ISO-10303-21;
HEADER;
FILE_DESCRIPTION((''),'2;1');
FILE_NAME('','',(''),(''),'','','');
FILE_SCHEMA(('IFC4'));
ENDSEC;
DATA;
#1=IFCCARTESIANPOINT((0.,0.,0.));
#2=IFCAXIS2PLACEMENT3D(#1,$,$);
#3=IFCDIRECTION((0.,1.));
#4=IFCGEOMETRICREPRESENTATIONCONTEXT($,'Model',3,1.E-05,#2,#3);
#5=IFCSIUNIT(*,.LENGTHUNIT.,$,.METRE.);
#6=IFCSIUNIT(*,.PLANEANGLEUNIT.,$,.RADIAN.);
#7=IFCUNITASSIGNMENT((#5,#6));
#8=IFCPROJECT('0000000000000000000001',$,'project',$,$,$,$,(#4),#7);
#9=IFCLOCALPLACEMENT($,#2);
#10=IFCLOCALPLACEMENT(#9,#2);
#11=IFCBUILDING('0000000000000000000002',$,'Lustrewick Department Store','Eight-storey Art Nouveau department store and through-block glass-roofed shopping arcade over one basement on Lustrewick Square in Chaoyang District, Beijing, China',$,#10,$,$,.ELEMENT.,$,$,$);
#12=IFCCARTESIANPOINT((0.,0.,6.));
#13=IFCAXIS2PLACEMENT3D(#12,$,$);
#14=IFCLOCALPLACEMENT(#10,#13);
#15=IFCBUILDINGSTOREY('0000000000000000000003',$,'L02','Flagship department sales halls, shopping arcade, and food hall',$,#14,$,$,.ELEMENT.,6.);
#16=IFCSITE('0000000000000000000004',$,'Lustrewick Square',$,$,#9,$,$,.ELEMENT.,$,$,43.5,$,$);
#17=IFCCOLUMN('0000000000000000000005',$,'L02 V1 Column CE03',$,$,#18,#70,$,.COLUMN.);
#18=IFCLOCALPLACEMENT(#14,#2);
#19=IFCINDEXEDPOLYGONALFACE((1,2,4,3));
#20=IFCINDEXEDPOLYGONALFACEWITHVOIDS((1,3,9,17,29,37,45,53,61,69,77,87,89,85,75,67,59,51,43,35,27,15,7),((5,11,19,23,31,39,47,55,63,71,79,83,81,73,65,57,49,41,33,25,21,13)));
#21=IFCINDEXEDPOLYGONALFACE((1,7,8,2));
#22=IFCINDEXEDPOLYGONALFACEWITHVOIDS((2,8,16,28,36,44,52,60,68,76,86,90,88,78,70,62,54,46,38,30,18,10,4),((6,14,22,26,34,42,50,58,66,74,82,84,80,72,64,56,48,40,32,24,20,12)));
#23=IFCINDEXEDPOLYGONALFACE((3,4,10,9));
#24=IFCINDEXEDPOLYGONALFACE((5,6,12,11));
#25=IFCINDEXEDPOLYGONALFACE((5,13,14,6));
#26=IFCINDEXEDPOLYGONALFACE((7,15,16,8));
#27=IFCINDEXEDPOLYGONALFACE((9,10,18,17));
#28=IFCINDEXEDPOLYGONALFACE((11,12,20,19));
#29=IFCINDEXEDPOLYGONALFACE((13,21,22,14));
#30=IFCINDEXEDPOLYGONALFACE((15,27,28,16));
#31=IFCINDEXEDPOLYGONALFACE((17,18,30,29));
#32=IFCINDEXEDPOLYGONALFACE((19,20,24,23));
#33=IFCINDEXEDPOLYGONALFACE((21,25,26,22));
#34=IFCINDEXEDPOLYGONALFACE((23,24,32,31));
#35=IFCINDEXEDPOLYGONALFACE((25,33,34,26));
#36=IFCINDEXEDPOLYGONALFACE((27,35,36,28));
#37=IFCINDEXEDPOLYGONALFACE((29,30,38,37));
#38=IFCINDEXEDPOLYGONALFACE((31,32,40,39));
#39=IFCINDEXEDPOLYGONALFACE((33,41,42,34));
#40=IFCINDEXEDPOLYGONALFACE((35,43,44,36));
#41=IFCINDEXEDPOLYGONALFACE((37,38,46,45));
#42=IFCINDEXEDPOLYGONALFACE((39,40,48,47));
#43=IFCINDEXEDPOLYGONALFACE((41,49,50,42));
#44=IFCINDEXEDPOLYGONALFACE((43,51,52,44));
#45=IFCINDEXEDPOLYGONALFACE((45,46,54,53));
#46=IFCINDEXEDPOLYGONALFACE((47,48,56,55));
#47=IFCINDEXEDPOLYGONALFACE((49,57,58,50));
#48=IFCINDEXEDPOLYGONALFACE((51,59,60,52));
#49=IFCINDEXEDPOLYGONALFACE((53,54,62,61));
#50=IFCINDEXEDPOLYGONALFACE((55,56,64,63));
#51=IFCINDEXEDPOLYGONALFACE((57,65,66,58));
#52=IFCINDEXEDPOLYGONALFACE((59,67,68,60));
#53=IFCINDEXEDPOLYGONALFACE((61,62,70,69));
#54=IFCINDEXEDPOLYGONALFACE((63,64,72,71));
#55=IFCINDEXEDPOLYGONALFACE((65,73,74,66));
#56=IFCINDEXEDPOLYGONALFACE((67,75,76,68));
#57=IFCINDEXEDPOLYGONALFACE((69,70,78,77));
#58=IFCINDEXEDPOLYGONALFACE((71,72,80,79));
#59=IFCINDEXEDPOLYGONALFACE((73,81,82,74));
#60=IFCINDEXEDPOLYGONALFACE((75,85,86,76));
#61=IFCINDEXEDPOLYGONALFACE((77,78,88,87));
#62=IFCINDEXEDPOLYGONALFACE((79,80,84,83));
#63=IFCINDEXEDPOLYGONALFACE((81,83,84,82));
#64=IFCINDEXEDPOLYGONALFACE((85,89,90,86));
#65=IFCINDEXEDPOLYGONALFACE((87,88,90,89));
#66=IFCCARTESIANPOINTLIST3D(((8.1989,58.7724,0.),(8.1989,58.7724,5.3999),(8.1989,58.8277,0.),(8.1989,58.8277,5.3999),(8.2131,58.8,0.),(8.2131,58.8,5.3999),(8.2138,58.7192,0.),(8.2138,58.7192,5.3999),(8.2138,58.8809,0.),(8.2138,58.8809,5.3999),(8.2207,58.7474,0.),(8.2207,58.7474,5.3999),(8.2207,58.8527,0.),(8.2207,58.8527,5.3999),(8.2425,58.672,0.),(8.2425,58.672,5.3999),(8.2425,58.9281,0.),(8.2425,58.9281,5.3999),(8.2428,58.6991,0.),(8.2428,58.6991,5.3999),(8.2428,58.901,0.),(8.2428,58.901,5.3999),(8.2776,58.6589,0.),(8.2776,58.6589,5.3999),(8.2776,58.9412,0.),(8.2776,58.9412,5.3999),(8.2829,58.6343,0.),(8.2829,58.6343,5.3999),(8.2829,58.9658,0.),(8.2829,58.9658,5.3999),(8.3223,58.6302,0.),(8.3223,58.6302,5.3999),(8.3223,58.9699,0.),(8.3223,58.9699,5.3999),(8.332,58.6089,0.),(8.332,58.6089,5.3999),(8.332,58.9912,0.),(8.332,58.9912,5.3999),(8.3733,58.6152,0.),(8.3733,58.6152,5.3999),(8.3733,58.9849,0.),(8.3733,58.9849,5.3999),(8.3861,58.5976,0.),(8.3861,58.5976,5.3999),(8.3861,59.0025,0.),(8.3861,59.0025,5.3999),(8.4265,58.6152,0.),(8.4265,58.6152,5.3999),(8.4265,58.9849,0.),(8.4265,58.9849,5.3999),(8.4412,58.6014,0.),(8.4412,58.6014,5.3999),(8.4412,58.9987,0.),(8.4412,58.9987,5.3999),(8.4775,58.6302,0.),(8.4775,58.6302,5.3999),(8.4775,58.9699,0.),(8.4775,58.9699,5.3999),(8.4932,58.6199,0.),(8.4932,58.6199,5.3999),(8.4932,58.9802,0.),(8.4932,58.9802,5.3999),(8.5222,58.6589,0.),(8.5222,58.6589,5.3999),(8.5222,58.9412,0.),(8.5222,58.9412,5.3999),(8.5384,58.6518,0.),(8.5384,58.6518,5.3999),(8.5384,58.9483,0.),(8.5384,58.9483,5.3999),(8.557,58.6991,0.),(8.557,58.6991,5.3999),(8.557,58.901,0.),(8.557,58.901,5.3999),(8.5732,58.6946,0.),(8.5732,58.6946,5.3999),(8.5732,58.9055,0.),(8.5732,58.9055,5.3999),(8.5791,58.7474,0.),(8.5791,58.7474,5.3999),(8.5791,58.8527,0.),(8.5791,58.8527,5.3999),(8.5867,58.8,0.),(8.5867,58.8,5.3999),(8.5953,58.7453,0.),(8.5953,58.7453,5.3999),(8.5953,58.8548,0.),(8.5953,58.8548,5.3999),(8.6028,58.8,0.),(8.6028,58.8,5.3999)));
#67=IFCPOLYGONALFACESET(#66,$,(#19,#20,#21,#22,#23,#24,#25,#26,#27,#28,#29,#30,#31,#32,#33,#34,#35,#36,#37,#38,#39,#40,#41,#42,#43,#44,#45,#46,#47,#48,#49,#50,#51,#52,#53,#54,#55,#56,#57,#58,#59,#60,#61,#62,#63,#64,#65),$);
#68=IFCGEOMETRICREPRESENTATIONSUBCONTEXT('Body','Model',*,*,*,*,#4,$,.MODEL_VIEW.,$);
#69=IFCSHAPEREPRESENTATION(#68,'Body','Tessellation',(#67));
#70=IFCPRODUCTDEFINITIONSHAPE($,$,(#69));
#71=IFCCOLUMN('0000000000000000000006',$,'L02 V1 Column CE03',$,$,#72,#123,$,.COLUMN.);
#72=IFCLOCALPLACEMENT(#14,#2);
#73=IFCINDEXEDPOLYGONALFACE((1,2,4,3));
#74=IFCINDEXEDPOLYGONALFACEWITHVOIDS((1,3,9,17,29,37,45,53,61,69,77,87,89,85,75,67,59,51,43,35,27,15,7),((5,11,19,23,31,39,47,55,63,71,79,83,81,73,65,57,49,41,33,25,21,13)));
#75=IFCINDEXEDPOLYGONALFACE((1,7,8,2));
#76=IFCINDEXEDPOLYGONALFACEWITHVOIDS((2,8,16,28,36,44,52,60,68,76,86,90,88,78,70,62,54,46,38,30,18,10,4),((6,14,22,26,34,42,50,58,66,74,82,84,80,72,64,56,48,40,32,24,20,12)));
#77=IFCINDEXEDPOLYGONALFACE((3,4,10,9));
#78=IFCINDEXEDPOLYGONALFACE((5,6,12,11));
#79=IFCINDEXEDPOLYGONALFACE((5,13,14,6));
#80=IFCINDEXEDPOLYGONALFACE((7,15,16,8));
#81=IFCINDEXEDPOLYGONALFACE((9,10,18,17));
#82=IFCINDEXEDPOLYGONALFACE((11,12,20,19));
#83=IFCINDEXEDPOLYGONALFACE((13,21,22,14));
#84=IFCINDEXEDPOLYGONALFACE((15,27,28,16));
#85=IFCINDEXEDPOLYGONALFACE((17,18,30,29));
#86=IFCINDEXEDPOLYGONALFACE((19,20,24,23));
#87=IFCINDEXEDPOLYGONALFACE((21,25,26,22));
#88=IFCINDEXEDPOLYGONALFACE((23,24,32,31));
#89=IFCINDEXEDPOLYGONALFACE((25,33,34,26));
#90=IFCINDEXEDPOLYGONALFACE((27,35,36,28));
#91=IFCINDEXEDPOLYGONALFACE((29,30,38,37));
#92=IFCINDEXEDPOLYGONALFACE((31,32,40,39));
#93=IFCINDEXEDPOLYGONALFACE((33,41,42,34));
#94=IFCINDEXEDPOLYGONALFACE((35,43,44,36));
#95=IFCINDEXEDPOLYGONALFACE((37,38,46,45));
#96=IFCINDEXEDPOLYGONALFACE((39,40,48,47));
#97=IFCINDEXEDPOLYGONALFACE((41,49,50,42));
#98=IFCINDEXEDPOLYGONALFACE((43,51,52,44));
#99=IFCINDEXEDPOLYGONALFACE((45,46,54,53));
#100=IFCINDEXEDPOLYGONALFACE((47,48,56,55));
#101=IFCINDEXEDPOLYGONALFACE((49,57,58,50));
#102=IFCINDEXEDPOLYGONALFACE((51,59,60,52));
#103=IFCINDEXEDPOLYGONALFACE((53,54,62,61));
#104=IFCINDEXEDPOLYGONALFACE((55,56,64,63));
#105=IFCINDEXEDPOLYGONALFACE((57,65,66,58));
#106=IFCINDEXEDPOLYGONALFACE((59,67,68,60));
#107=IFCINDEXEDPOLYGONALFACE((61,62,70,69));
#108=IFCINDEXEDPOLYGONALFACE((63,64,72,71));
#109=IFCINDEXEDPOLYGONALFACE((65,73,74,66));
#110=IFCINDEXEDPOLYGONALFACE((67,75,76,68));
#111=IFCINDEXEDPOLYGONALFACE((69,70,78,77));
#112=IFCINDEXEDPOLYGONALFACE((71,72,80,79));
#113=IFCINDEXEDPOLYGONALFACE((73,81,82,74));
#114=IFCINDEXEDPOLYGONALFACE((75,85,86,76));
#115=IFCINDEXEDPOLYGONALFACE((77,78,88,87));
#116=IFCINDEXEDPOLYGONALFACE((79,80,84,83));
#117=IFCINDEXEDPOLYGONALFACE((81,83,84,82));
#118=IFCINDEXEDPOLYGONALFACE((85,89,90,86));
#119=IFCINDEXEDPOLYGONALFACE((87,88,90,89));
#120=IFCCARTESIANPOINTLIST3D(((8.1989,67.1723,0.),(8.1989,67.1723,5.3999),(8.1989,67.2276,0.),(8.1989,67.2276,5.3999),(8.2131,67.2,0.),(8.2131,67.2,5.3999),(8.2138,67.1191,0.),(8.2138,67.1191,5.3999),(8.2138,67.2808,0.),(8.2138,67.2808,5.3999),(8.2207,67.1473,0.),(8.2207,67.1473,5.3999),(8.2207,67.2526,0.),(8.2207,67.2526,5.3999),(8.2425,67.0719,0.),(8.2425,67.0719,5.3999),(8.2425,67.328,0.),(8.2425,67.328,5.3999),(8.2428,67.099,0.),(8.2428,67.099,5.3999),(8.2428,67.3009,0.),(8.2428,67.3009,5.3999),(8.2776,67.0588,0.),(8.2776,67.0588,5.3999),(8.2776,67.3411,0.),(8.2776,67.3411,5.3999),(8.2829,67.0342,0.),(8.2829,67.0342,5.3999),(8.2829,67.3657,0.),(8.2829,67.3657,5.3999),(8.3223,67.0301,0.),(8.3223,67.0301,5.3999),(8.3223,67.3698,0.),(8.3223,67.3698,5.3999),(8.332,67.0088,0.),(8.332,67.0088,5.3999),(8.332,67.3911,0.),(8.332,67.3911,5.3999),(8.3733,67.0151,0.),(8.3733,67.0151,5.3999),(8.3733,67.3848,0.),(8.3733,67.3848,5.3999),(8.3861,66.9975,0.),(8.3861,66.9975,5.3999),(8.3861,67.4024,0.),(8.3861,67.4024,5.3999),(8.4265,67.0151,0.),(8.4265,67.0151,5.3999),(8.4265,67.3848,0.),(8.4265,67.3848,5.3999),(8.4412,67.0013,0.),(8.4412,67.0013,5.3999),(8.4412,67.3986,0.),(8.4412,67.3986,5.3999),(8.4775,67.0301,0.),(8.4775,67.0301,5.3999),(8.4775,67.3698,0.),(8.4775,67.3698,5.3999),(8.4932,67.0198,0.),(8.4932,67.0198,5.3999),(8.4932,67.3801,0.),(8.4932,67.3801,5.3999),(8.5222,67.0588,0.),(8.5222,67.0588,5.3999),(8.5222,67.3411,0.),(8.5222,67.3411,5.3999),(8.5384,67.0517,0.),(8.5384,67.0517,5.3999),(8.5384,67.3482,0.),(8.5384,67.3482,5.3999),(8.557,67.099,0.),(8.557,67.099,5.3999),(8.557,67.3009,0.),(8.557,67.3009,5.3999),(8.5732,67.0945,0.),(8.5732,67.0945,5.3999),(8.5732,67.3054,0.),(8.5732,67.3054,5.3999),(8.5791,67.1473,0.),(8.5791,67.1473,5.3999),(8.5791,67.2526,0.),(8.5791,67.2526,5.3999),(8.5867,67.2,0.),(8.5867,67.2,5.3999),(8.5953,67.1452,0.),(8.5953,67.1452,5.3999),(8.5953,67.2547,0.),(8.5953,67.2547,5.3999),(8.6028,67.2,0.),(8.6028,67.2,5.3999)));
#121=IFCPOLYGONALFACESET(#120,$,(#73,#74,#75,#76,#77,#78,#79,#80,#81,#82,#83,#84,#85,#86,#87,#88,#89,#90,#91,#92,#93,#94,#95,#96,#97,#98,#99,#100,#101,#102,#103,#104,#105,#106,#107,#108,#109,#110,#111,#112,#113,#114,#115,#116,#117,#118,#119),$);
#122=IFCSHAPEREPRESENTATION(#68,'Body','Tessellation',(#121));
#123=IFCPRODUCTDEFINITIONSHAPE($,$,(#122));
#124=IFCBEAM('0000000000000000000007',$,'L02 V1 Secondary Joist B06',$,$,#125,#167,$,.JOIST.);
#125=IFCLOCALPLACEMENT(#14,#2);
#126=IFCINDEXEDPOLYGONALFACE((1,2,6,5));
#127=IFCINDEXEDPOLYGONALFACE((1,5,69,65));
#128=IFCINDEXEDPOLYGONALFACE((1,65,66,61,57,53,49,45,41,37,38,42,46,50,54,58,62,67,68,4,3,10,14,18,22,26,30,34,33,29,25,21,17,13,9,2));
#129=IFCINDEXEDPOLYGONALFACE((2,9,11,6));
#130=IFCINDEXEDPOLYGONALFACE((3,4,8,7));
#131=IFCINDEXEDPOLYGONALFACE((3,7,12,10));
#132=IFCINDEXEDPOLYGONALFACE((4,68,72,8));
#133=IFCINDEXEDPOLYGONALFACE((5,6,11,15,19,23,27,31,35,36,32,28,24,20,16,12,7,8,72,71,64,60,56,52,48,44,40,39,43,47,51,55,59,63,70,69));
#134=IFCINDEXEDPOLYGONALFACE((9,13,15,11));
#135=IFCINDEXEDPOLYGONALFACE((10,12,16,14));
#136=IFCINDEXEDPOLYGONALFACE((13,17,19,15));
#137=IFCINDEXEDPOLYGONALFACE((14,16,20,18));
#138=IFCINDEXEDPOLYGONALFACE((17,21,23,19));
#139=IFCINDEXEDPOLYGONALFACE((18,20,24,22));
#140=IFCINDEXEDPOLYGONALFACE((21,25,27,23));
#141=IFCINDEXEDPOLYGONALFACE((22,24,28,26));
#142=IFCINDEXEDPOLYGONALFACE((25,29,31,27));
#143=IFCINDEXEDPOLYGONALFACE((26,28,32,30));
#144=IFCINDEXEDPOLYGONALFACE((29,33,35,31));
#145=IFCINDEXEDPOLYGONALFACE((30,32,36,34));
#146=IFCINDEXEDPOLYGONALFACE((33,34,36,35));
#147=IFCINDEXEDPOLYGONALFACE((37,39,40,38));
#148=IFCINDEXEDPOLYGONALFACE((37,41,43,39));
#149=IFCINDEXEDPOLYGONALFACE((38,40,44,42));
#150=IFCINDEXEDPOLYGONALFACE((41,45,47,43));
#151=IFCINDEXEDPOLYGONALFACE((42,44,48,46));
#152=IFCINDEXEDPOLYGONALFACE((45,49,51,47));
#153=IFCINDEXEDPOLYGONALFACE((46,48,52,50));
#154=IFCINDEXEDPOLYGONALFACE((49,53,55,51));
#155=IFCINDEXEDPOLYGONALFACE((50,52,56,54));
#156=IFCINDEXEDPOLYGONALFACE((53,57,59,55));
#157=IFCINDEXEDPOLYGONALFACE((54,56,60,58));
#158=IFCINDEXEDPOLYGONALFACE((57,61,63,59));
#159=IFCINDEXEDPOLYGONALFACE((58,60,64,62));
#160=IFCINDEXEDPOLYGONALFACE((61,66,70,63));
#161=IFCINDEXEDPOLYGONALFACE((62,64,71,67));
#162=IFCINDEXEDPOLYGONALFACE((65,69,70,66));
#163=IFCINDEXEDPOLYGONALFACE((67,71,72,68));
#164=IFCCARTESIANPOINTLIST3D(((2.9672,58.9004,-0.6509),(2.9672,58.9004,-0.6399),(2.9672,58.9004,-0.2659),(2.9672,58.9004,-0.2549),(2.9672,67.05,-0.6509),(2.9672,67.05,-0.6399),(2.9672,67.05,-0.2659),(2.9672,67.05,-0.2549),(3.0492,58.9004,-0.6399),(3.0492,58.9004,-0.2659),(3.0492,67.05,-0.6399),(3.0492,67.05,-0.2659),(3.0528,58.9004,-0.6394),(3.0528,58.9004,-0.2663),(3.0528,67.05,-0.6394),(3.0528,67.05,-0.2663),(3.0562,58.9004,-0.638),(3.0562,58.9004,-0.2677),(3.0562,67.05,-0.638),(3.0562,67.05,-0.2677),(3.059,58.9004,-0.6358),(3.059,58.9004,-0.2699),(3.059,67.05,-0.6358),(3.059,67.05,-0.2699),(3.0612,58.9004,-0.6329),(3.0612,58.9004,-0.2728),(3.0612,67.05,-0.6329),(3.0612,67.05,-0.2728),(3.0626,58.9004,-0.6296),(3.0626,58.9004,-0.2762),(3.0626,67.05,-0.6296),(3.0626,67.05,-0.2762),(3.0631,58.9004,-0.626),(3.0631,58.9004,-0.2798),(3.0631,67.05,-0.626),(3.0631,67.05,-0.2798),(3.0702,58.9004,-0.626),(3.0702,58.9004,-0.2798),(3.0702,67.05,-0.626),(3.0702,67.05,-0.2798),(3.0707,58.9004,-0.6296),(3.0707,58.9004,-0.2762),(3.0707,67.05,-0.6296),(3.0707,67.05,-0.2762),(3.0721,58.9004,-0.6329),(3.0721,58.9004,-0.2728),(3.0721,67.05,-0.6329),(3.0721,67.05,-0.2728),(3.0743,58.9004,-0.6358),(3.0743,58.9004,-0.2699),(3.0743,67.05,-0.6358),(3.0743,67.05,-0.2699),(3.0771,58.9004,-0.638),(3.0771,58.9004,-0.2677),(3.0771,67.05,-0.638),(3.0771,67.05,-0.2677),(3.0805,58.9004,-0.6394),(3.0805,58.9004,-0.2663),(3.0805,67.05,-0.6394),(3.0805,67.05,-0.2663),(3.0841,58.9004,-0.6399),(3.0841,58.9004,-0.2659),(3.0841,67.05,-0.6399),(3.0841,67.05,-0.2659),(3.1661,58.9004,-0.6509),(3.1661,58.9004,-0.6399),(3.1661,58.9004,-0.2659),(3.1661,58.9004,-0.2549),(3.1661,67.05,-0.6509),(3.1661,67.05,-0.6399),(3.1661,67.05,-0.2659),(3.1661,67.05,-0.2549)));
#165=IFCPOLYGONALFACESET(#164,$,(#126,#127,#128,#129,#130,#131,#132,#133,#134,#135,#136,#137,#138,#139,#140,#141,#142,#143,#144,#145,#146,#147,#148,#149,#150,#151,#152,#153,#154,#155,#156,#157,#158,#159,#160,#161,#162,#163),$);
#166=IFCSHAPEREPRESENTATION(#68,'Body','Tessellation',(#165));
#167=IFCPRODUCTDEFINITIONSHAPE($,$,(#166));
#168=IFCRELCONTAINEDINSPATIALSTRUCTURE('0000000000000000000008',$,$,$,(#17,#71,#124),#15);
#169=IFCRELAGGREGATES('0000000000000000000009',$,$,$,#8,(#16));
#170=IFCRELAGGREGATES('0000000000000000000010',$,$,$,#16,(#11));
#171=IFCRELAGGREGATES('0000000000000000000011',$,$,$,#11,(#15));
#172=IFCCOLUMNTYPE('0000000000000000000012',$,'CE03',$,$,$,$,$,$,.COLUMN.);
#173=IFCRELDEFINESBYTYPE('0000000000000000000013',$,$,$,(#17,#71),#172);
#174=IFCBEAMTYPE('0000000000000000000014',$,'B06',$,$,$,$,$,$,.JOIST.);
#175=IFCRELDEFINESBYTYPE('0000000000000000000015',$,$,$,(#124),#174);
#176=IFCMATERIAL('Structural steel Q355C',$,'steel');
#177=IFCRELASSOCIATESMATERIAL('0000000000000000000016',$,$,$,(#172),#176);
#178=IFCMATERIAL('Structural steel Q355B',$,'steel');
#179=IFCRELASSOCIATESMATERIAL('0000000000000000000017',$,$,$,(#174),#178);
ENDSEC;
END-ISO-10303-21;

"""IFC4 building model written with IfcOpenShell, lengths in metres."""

from ifc_helpers import new_model, si_unit, direction, frame, origin, origin_2d, place, context, subcontext, project, spatial, hollow_circle, i_section, extrude, material, material_profile, profile_set, type_object, element, save


model = new_model("IFC4")

# Units and contexts
model_context = context("Model", 3, precision=1e-05, world=origin(), true_north=direction((0.0, 1.0)))
body_context = subcontext(model_context, "Body", "Model", "MODEL_VIEW")
ifc_project = project(units=[si_unit("LENGTHUNIT", "METRE"), si_unit("PLANEANGLEUNIT", "RADIAN")], contexts=[model_context])

# Site, building, storey
site_placement = place(None, origin())
site = spatial("IfcSite", under=ifc_project, at=site_placement, Name="Lustrewick Square", CompositionType="ELEMENT", RefElevation=43.5)
building_placement = place(site_placement, origin())
building = spatial("IfcBuilding", under=site, at=building_placement, Name="Lustrewick Department Store", Description="Eight-storey Art Nouveau department store and through-block glass-roofed shopping arcade over one basement on Lustrewick Square in Chaoyang District, Beijing, China", CompositionType="ELEMENT")
storey_placement = place(building_placement, frame((0.0, 0.0, 6.0)))
storey = spatial("IfcBuildingStorey", under=building, at=storey_placement, Name="L02", Description="Flagship department sales halls, shopping arcade, and food hall", CompositionType="ELEMENT", Elevation=6.0)

# Columns
ifc_material_1 = material(Name="Structural steel Q355C", Category="steel")
ifc_material_profile_1 = material_profile(ifc_material_1, hollow_circle(Radius=0.2029, WallThickness=0.0161, at=origin_2d()), Name="CHS 406x16")
ifc_profile_set_1 = profile_set([ifc_material_profile_1], Name="Structural steel Q355C")
column_type = type_object("IfcColumnType", Name="CE03", PredefinedType="COLUMN", material=ifc_profile_set_1)
for number, where, z_axis, x_axis, name in (
    (1, (8.3999, 58.8, 0.0), (0.0, 0.0, 1.0), (1.0, 0.0, 0.0), "L02 V1 Column CE03"),
    (2, (8.3999, 67.2, 0.0), (0.0, 0.0, 1.0), (1.0, 0.0, 0.0), "L02 V1 Column CE03"),
):
    element("IfcColumn", number, at=place(storey_placement, frame(where, z_axis=z_axis, x_axis=x_axis)), inside=storey, type_object=column_type, Name=name, PredefinedType="COLUMN", context=body_context, shape_type="SweptSolid", body=[
        extrude(hollow_circle(Radius=0.2029, WallThickness=0.0161, at=origin_2d()), origin(), (0.0, 0.0, 1.0), 5.3999),
    ])

# Beam
ifc_material_2 = material(Name="Structural steel Q355B", Category="steel")
ifc_material_profile_2 = material_profile(ifc_material_2, i_section(OverallWidth=0.199, OverallDepth=0.396, WebThickness=0.0071, FlangeThickness=0.011, FilletRadius=0.0139, at=origin_2d()), Name="HN 396x199x7x11")
ifc_profile_set_2 = profile_set([ifc_material_profile_2], Name="Structural steel Q355B")
beam_type_1 = type_object("IfcBeamType", Name="B06", PredefinedType="JOIST", material=ifc_profile_set_2)
beam_1_placement = place(storey_placement, frame((3.0667, 58.9004, -0.4529), z_axis=(0.0, 1.0, 0.0), x_axis=(-1.0, 0.0, 0.0)))
element("IfcBeam", 3, at=beam_1_placement, inside=storey, type_object=beam_type_1, Name="L02 V1 Secondary Joist B06", PredefinedType="JOIST", context=body_context, shape_type="SweptSolid", body=[
    extrude(i_section(OverallWidth=0.199, OverallDepth=0.396, WebThickness=0.0071, FlangeThickness=0.011, FilletRadius=0.0139, at=origin_2d()), origin(), (0.0, 0.0, 1.0), 8.1497),
])

save(model, "model.ifc")
